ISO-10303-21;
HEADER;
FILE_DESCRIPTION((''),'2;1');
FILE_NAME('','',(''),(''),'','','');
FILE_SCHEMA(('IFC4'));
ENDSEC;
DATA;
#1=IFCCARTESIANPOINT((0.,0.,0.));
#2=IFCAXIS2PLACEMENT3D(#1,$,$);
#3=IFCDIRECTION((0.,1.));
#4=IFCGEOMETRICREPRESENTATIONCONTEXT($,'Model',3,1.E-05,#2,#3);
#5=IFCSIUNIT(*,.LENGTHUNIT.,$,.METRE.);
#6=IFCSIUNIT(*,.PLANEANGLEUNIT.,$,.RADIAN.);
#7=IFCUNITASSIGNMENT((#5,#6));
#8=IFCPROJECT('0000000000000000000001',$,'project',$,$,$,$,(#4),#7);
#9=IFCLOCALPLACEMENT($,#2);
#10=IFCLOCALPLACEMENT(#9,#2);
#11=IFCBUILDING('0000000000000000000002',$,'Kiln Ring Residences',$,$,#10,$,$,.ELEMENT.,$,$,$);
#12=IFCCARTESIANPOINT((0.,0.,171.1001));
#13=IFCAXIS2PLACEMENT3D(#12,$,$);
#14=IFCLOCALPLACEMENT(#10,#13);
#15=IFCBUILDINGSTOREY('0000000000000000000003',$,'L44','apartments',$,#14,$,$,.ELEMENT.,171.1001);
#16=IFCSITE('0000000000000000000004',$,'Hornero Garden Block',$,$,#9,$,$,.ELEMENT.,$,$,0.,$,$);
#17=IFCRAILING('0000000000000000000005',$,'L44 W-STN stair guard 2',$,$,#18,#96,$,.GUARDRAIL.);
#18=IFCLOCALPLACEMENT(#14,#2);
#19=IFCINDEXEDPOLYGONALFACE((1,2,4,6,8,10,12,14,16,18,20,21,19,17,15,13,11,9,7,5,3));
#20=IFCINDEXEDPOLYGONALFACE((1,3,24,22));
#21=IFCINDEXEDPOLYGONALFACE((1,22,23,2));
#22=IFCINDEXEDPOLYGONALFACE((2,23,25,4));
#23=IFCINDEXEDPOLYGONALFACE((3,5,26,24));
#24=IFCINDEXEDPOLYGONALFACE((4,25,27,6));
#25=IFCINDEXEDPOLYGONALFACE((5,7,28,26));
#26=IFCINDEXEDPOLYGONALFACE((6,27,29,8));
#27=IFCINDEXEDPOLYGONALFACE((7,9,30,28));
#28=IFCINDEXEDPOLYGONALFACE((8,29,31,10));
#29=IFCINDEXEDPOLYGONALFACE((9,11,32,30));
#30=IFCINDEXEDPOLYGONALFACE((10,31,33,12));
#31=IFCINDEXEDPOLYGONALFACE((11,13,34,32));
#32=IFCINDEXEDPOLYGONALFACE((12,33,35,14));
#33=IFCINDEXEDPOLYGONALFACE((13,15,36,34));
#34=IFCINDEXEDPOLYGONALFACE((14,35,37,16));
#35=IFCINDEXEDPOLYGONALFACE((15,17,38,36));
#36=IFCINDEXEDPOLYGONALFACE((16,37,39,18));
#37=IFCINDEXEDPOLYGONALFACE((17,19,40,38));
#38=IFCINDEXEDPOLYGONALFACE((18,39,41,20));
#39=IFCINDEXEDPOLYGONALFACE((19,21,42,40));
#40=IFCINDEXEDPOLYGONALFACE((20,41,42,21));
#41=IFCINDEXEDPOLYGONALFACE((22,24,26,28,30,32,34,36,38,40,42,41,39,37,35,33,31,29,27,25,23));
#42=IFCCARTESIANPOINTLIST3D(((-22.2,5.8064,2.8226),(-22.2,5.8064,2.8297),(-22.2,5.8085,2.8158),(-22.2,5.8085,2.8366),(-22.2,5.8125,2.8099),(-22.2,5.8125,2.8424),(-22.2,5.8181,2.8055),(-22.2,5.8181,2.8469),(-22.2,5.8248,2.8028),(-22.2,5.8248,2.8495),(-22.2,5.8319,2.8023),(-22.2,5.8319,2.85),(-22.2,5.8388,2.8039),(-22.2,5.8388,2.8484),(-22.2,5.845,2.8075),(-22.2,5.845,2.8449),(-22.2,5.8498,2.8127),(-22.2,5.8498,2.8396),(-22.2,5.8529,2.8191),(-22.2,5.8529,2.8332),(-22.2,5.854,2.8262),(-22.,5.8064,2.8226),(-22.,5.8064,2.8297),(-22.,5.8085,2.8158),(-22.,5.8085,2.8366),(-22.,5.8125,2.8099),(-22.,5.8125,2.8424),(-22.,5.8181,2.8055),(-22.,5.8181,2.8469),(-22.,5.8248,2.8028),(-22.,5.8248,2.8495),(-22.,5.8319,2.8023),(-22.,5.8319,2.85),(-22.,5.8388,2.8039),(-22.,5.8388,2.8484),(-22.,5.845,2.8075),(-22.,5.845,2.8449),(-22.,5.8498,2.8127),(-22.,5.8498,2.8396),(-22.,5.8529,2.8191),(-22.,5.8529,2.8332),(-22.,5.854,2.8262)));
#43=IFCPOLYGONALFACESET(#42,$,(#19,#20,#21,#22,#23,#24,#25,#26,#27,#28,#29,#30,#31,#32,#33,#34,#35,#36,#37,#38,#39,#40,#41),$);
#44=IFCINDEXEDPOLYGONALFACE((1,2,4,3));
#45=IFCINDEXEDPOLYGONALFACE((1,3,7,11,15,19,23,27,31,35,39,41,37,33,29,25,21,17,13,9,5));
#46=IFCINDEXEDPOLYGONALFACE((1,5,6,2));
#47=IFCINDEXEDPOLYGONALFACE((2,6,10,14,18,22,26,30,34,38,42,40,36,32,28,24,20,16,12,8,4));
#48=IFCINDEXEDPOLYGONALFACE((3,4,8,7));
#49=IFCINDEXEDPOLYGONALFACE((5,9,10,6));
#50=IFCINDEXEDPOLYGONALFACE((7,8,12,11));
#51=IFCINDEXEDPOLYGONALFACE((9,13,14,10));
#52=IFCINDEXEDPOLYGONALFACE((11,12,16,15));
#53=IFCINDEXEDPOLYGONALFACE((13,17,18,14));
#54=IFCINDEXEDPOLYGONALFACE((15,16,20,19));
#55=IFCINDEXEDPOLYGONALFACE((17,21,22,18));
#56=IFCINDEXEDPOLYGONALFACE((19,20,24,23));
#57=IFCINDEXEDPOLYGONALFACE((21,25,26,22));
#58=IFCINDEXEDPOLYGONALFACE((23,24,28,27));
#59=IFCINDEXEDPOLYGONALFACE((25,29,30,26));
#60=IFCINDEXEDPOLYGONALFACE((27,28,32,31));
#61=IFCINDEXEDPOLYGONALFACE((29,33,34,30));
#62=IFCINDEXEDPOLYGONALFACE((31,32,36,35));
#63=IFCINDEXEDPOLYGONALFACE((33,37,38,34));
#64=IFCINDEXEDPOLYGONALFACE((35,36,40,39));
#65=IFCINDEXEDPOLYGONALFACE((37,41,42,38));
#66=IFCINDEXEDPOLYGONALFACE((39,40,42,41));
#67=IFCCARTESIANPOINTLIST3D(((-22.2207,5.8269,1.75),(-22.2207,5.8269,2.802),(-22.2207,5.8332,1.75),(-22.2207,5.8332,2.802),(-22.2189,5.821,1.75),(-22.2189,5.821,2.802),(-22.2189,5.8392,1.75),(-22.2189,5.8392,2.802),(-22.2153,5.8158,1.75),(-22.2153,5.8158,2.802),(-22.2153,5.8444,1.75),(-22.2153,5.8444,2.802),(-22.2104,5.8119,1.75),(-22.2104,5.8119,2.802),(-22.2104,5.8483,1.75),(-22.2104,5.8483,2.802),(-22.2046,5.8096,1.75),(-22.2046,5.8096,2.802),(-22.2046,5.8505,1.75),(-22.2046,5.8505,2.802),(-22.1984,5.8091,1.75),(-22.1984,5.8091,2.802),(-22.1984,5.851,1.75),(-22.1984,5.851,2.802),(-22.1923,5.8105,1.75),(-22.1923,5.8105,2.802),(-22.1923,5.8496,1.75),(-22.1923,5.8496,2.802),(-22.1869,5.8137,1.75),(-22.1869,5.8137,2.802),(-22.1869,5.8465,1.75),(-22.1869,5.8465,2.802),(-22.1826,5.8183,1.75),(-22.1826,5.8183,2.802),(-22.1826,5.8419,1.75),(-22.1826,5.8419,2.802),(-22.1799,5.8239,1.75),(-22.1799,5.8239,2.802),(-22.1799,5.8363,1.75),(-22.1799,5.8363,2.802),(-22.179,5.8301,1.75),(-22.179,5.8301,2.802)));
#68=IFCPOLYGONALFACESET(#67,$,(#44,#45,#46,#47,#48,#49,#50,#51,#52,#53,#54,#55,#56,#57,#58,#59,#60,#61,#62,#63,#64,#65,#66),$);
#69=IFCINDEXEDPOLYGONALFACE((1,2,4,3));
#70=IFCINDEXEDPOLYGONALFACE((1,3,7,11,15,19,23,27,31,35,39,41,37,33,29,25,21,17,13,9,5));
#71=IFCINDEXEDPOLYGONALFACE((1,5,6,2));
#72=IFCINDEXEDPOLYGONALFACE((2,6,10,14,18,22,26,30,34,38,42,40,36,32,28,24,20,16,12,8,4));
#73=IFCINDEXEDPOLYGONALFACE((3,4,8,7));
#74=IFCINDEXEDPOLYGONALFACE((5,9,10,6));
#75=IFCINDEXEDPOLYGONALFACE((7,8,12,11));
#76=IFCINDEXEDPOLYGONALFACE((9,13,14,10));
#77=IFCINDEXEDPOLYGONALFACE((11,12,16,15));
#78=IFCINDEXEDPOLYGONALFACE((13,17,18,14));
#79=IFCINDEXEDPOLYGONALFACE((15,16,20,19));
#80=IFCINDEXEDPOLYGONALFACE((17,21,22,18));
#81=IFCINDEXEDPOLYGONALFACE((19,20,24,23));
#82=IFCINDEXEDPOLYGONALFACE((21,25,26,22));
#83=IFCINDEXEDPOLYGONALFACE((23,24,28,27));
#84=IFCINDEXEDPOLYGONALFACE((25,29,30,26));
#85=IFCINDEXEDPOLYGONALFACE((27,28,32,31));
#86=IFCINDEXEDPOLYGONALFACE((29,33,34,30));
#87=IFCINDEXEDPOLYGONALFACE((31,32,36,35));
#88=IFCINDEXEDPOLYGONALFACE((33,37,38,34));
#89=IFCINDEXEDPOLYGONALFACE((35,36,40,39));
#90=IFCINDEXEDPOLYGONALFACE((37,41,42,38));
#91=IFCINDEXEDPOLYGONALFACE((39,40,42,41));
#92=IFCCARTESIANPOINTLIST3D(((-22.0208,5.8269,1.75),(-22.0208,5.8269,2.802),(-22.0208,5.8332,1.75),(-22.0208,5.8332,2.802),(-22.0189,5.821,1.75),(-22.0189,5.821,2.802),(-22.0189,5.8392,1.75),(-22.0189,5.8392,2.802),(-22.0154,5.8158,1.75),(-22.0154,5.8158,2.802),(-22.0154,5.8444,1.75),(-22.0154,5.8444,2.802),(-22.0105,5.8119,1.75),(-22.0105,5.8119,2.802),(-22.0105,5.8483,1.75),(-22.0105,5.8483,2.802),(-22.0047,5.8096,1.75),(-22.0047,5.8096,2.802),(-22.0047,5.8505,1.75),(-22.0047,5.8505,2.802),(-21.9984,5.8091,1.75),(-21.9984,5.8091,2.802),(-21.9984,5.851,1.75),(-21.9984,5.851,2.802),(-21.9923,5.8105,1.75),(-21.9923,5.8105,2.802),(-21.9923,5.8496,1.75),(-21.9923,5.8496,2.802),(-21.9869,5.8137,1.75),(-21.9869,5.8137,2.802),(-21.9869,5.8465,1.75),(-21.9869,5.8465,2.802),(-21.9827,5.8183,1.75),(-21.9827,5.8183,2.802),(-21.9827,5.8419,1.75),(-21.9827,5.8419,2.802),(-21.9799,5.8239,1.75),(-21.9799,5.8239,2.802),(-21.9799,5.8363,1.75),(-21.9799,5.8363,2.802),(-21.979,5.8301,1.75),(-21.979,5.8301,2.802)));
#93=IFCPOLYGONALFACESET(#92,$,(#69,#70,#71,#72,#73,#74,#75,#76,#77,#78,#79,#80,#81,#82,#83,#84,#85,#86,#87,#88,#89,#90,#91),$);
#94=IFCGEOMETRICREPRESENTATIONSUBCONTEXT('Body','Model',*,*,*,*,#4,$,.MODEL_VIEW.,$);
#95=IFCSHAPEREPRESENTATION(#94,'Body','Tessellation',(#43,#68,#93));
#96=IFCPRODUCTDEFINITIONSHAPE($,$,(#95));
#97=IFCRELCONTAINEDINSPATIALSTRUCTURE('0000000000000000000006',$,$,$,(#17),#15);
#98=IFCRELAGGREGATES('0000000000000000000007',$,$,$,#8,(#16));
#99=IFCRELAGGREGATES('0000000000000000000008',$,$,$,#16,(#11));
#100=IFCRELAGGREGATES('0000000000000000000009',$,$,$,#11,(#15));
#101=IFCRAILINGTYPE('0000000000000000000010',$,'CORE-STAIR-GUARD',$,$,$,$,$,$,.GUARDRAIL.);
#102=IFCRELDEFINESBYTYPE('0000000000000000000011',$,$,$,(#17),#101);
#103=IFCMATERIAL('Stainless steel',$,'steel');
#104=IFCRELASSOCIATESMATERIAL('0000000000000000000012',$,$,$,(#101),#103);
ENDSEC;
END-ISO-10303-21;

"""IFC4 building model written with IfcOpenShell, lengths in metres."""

from ifc_helpers import new_model, si_unit, direction, frame, origin, origin_2d, place, context, subcontext, project, spatial, circle, extrude, material, type_object, element, save


model = new_model("IFC4")

# Units and contexts
model_context = context("Model", 3, precision=1e-05, world=origin(), true_north=direction((0.0, 1.0)))
body_context = subcontext(model_context, "Body", "Model", "MODEL_VIEW")
ifc_project = project(units=[si_unit("LENGTHUNIT", "METRE"), si_unit("PLANEANGLEUNIT", "RADIAN")], contexts=[model_context])

# Site, building, storey
site_placement = place(None, origin())
site = spatial("IfcSite", under=ifc_project, at=site_placement, Name="Hornero Garden Block", CompositionType="ELEMENT", RefElevation=0.0)
building_placement = place(site_placement, origin())
building = spatial("IfcBuilding", under=site, at=building_placement, Name="Kiln Ring Residences", CompositionType="ELEMENT")
storey_placement = place(building_placement, frame((0.0, 0.0, 171.1001)))
storey = spatial("IfcBuildingStorey", under=building, at=storey_placement, Name="L44", Description="apartments", CompositionType="ELEMENT", Elevation=171.1001)

# Railing
ifc_material_1 = material(Name="Stainless steel", Category="steel")
railing_type_1 = type_object("IfcRailingType", Name="CORE-STAIR-GUARD", PredefinedType="GUARDRAIL", material=ifc_material_1)
railing_1_placement = place(storey_placement, frame((-22.2, 5.8301, 1.75)))
element("IfcRailing", 1, at=railing_1_placement, inside=storey, type_object=railing_type_1, Name="L44 W-STN stair guard 2", PredefinedType="GUARDRAIL", context=body_context, shape_type="SweptSolid", body=[
    extrude(circle(Radius=0.0239, at=origin_2d()), frame((0.0, 0.0, 1.0762), z_axis=(1.0, 0.0, 0.0), x_axis=(0.0, 1.0, 0.0)), (0.0, 0.0, 1.0), 0.2),
    extrude(circle(Radius=0.021, at=origin_2d()), origin(), (0.0, 0.0, 1.0), 1.052),
    extrude(circle(Radius=0.021, at=origin_2d()), frame((0.2, 0.0, 0.0)), (0.0, 0.0, 1.0), 1.052),
])

save(model, "model.ifc")
